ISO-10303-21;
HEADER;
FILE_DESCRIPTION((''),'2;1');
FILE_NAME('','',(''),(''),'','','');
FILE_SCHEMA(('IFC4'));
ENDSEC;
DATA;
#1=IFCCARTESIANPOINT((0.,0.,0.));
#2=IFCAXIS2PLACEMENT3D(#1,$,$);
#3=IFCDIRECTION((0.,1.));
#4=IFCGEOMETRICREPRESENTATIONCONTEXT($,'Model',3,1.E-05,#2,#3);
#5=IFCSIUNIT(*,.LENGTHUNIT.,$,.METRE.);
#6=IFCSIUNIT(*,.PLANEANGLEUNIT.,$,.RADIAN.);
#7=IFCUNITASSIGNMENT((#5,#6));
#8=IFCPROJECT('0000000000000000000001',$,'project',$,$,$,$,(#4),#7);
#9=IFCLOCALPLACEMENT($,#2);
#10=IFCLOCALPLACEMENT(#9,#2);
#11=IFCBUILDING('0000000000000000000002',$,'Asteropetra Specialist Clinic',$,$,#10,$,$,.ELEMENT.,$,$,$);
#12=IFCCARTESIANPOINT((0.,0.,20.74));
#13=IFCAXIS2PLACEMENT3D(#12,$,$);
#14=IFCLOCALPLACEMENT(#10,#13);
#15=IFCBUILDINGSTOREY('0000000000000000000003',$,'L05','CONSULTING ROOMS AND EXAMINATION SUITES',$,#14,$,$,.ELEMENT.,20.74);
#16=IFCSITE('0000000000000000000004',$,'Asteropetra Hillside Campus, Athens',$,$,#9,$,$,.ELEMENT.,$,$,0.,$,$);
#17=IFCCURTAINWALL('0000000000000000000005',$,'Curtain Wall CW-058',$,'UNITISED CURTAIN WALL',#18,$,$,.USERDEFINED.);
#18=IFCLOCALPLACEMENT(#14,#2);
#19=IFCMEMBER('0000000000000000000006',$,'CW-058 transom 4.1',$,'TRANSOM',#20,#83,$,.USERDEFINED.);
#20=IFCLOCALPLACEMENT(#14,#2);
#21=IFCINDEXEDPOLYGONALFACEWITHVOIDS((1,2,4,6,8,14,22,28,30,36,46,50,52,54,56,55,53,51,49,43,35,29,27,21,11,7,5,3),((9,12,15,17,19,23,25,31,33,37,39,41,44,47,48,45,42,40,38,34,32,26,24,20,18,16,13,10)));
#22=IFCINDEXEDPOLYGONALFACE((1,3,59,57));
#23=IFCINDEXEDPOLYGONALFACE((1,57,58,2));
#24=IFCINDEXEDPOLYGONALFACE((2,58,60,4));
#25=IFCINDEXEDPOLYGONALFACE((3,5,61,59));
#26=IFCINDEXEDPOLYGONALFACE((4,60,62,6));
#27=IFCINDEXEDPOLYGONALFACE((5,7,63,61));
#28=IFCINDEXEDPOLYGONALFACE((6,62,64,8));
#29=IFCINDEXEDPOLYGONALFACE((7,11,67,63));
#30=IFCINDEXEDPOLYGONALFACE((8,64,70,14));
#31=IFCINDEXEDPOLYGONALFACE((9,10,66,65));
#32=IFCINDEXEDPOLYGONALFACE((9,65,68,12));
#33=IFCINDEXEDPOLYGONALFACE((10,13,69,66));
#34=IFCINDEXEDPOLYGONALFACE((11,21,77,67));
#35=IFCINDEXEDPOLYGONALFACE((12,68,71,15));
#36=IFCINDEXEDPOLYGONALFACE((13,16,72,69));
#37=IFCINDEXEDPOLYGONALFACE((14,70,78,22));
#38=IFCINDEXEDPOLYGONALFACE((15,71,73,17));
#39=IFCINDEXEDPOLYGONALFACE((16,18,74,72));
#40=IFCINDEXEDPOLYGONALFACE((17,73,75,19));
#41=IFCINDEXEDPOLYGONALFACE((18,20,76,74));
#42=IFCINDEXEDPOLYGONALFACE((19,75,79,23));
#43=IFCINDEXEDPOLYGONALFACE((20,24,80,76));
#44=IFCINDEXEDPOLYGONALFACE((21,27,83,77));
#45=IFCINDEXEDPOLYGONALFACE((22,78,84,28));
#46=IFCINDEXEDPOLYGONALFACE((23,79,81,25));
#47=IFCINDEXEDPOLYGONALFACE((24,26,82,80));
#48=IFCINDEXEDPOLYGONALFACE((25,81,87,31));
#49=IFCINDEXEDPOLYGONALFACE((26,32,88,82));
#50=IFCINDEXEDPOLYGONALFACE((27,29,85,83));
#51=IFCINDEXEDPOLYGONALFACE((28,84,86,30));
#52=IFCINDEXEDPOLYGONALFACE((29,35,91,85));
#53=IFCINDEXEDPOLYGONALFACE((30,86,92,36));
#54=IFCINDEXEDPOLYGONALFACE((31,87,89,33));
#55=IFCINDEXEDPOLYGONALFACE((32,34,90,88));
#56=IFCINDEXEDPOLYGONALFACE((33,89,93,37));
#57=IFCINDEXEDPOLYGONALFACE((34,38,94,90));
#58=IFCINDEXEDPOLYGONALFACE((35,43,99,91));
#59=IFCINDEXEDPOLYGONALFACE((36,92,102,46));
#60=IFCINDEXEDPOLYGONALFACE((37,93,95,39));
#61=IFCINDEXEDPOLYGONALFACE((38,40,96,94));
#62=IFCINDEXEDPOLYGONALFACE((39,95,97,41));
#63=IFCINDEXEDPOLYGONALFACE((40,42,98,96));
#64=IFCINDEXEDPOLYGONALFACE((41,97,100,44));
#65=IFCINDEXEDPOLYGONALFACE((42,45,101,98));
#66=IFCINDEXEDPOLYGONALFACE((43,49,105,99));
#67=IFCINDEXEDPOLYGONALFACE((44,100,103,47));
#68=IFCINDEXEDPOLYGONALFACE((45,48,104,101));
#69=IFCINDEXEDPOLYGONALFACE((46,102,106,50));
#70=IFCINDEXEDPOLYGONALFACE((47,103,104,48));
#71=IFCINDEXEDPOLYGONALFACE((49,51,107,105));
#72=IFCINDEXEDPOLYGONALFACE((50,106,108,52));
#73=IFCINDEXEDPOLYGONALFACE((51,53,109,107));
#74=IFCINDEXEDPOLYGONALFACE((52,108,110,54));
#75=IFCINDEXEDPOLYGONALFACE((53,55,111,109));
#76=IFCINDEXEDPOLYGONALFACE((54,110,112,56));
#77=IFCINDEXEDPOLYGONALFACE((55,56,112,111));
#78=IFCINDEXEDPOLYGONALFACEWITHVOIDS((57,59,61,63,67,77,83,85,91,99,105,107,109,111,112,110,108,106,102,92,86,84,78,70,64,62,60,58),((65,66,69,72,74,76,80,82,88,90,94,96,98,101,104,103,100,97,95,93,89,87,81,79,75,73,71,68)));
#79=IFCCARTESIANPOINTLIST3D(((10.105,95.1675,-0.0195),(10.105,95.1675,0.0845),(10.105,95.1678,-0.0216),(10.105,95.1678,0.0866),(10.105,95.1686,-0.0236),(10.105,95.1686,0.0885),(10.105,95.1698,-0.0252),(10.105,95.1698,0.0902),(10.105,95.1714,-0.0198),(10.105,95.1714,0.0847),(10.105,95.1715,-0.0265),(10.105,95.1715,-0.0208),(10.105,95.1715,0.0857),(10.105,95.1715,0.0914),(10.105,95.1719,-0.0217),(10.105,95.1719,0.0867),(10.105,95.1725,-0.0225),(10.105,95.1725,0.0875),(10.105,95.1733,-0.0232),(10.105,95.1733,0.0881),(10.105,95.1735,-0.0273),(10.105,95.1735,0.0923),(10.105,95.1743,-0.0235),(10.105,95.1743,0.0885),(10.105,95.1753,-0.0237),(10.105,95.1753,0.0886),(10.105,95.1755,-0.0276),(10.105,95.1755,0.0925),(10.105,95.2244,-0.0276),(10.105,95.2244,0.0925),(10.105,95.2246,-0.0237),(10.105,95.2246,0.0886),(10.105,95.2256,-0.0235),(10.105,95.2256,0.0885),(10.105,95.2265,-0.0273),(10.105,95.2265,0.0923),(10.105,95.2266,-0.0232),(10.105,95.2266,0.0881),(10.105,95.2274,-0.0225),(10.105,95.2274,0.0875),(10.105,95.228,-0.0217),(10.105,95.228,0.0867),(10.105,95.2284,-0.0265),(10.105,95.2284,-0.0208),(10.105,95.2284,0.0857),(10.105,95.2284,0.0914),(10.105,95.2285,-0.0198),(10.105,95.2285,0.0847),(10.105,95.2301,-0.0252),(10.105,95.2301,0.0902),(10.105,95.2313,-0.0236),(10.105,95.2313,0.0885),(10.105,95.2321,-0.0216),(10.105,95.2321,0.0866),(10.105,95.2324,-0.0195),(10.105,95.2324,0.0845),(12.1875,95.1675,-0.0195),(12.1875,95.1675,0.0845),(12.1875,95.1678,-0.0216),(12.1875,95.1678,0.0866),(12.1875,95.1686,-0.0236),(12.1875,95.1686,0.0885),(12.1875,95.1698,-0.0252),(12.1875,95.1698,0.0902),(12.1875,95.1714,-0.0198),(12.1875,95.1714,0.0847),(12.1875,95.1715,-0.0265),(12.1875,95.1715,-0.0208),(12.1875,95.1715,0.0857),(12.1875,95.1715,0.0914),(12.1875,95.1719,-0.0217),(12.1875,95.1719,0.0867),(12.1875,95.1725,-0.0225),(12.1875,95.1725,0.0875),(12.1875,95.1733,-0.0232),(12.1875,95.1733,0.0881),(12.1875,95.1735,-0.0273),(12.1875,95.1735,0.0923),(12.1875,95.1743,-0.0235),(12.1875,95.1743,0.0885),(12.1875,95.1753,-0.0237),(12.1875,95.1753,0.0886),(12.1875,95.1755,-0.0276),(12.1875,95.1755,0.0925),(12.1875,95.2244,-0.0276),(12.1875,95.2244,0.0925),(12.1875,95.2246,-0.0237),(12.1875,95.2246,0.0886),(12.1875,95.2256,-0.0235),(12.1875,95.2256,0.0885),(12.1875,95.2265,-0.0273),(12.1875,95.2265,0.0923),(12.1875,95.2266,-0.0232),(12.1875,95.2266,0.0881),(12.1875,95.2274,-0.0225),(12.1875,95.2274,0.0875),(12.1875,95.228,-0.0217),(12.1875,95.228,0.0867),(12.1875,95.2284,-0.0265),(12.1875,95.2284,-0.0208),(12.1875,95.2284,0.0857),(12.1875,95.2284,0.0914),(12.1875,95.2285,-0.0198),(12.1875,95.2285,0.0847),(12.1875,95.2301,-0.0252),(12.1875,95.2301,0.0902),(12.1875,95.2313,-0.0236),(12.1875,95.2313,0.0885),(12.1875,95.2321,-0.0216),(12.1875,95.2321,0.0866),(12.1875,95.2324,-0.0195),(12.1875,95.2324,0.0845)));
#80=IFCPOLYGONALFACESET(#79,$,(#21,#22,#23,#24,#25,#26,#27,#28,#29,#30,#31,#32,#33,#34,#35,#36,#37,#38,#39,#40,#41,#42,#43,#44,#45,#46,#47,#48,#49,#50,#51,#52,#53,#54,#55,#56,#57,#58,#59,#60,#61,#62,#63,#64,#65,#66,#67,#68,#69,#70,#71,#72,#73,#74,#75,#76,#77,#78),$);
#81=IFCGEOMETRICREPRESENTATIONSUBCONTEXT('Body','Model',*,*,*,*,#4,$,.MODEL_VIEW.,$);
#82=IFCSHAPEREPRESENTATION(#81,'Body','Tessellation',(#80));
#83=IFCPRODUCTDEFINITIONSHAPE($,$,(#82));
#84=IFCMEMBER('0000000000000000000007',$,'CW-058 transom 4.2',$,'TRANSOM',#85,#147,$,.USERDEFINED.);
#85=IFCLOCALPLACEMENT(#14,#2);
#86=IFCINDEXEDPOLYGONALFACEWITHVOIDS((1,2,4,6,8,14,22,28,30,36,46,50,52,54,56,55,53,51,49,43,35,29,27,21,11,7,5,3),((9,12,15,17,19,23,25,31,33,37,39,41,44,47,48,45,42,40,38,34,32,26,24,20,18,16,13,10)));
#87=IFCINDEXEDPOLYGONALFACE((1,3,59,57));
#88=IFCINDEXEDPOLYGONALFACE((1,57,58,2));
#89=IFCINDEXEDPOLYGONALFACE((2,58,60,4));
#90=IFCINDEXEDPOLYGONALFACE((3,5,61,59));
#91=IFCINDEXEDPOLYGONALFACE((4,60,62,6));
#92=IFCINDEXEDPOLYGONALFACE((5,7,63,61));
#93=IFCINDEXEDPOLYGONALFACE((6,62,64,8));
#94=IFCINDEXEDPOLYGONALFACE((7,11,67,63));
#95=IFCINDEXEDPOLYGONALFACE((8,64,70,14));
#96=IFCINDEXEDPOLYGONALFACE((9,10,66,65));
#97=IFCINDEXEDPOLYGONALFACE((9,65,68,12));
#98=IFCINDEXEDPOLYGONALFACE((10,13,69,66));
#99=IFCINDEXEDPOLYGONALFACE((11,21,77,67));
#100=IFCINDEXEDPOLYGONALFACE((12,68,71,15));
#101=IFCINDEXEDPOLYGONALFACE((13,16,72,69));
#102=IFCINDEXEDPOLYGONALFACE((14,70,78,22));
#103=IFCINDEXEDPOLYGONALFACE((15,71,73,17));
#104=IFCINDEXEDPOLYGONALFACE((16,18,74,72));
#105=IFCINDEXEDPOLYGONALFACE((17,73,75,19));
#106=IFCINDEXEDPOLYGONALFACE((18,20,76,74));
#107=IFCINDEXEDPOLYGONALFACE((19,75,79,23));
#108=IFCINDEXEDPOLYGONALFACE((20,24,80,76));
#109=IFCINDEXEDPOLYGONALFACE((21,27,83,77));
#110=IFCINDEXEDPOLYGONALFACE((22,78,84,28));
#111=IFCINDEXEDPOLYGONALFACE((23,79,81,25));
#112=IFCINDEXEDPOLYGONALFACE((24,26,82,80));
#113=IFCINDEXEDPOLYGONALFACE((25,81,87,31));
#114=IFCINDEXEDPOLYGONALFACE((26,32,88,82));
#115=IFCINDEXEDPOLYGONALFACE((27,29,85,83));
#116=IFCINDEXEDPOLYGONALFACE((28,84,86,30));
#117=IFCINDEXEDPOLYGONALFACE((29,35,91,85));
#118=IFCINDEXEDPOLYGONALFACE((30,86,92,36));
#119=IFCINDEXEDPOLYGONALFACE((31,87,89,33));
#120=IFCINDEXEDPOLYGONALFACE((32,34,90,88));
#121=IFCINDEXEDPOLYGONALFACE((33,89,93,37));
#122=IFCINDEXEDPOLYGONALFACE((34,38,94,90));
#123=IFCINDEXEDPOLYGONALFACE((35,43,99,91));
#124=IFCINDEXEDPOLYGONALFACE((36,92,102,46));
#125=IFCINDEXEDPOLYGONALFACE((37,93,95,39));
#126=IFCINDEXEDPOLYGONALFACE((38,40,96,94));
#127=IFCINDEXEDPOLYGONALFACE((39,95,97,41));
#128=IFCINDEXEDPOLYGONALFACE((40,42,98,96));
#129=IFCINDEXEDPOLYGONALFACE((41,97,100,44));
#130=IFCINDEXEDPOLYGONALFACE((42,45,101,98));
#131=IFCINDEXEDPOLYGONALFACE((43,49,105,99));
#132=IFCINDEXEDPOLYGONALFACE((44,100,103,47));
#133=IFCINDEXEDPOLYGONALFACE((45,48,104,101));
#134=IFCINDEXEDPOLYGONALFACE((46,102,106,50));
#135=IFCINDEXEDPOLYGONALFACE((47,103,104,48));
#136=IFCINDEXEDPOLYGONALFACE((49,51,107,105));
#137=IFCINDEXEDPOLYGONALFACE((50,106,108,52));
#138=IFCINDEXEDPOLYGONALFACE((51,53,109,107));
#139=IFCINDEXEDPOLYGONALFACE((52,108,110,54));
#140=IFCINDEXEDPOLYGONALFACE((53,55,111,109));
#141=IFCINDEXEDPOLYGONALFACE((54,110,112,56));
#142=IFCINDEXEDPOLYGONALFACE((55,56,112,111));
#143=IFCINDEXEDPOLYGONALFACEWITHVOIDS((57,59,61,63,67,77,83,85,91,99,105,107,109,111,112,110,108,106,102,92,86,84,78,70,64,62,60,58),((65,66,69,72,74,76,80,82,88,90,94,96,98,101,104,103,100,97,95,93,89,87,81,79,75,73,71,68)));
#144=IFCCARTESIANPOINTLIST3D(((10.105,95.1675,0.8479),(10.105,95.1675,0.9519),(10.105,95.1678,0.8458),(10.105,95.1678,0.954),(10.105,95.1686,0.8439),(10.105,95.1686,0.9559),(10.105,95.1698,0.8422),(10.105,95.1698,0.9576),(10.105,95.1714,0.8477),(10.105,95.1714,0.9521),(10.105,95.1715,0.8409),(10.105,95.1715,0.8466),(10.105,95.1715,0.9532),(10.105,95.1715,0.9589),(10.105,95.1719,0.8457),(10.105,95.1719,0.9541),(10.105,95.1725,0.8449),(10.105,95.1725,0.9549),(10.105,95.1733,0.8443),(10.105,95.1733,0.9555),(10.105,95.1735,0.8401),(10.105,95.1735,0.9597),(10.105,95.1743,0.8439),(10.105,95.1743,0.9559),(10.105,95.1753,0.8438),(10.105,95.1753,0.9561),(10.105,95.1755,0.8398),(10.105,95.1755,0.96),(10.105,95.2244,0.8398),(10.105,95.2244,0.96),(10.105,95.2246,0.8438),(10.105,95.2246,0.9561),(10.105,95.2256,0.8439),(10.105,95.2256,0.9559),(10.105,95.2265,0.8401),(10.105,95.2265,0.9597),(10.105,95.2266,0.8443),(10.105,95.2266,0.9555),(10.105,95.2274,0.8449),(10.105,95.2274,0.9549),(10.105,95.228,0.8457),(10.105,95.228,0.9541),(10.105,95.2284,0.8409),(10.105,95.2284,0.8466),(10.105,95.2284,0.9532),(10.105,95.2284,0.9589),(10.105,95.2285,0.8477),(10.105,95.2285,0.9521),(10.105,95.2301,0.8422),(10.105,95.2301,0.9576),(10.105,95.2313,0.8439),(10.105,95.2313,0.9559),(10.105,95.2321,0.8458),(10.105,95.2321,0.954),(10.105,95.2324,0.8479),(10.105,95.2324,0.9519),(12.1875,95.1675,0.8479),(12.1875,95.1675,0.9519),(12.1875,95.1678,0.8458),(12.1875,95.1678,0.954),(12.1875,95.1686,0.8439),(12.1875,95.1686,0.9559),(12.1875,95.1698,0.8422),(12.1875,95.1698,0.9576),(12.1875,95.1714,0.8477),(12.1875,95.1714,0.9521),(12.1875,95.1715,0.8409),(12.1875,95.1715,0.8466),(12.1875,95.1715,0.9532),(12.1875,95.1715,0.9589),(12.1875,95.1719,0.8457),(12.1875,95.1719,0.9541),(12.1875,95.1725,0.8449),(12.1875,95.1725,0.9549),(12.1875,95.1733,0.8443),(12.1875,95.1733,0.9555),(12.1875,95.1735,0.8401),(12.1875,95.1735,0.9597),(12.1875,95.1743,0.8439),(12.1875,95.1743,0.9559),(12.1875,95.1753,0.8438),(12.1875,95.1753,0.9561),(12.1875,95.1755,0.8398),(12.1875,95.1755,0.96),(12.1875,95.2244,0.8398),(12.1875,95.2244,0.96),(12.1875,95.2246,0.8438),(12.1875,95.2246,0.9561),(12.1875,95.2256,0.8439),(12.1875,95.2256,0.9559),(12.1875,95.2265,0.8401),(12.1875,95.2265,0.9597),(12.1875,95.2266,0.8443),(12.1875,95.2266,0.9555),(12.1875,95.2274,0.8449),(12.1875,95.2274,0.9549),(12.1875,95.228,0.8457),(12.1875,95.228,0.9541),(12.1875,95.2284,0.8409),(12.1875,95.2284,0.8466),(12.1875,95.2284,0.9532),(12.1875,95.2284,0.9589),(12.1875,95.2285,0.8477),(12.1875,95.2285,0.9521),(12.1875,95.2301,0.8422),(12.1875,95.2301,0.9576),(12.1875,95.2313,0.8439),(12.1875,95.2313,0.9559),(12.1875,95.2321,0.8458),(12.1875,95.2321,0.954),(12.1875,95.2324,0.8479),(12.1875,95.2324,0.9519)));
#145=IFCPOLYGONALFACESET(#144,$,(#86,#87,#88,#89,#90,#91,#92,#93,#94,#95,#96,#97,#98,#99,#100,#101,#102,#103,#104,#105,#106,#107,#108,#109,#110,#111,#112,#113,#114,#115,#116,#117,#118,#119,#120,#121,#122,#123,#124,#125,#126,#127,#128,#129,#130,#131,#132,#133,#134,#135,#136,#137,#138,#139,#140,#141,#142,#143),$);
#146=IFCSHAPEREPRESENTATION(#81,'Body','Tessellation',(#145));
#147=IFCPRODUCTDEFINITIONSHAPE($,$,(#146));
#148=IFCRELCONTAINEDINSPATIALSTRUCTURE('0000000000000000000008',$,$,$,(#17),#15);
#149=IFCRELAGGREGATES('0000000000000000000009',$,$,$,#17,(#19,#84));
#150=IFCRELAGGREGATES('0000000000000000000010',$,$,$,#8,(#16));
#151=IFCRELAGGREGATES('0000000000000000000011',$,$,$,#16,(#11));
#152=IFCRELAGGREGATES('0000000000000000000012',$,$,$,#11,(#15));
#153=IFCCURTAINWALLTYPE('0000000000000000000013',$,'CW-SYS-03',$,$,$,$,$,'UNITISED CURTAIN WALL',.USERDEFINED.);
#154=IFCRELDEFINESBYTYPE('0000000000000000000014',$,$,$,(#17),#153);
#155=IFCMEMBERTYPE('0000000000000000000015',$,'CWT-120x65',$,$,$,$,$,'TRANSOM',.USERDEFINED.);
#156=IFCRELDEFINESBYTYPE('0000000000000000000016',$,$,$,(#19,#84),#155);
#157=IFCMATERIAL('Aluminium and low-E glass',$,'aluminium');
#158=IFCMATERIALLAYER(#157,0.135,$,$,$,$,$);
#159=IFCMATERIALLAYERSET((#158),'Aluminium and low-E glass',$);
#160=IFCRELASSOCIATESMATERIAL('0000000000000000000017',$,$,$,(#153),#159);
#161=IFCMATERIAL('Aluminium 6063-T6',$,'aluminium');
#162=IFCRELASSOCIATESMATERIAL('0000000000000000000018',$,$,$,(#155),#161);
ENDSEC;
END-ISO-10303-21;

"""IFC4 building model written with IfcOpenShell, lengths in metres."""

from ifc_helpers import new_model, si_unit, direction, frame, origin, origin_2d, place, context, subcontext, project, spatial, hollow_rectangle, extrude, material, layer, layer_set, material_profile, profile_set, type_object, element, aggregate, save


model = new_model("IFC4")

# Units and contexts
model_context = context("Model", 3, precision=1e-05, world=origin(), true_north=direction((0.0, 1.0)))
body_context = subcontext(model_context, "Body", "Model", "MODEL_VIEW")
ifc_project = project(units=[si_unit("LENGTHUNIT", "METRE"), si_unit("PLANEANGLEUNIT", "RADIAN")], contexts=[model_context])

# Site, building, storey
site_placement = place(None, origin())
site = spatial("IfcSite", under=ifc_project, at=site_placement, Name="Asteropetra Hillside Campus, Athens", CompositionType="ELEMENT", RefElevation=0.0)
building_placement = place(site_placement, origin())
building = spatial("IfcBuilding", under=site, at=building_placement, Name="Asteropetra Specialist Clinic", CompositionType="ELEMENT")
storey_placement = place(building_placement, frame((0.0, 0.0, 20.74)))
storey = spatial("IfcBuildingStorey", under=building, at=storey_placement, Name="L05", Description="CONSULTING ROOMS AND EXAMINATION SUITES", CompositionType="ELEMENT", Elevation=20.74)

# Curtain wall, members
ifc_material_1 = material(Name="Aluminium and low-E glass", Category="aluminium")
ifc_layer_1 = layer(ifc_material_1, 0.135)
ifc_layer_set_1 = layer_set([ifc_layer_1], Name="Aluminium and low-E glass")
curtain_wall_type = type_object("IfcCurtainWallType", Name="CW-SYS-03", ElementType="UNITISED CURTAIN WALL", PredefinedType="USERDEFINED", material=ifc_layer_set_1)
curtain_wall_placement = place(storey_placement, origin())
curtain_wall = element("IfcCurtainWall", 1, at=curtain_wall_placement, inside=storey, type_object=curtain_wall_type, Name="Curtain Wall CW-058", ObjectType="UNITISED CURTAIN WALL", PredefinedType="USERDEFINED")
ifc_material_2 = material(Name="Aluminium 6063-T6", Category="aluminium")
ifc_material_profile_1 = material_profile(ifc_material_2, hollow_rectangle(XDim=0.0649, YDim=0.1201, WallThickness=0.0039, InnerFilletRadius=0.0039, OuterFilletRadius=0.0081, at=origin_2d()), Name="TRN 120x65x4.0")
ifc_profile_set_1 = profile_set([ifc_material_profile_1], Name="Aluminium 6063-T6")
member_type_1 = type_object("IfcMemberType", Name="CWT-120x65", ElementType="TRANSOM", PredefinedType="USERDEFINED", material=ifc_profile_set_1)
member_1_placement = place(storey_placement, frame((12.1875, 95.2, 0.0325), z_axis=(-1.0, 0.0, 0.0), x_axis=(0.0, -1.0, 0.0)))
member_1 = element("IfcMember", 2, at=member_1_placement, type_object=member_type_1, Name="CW-058 transom 4.1", ObjectType="TRANSOM", PredefinedType="USERDEFINED", context=body_context, shape_type="SweptSolid", body=[
    extrude(hollow_rectangle(XDim=0.0649, YDim=0.1201, WallThickness=0.0039, InnerFilletRadius=0.0039, OuterFilletRadius=0.0081, at=origin_2d()), origin(), (0.0, 0.0, 1.0), 2.0825),
])
member_2_placement = place(storey_placement, frame((12.1875, 95.2, 0.8999), z_axis=(-1.0, 0.0, 0.0), x_axis=(0.0, -1.0, 0.0)))
member_2 = element("IfcMember", 3, at=member_2_placement, type_object=member_type_1, Name="CW-058 transom 4.2", ObjectType="TRANSOM", PredefinedType="USERDEFINED", context=body_context, shape_type="SweptSolid", body=[
    extrude(hollow_rectangle(XDim=0.0649, YDim=0.1201, WallThickness=0.0039, InnerFilletRadius=0.0039, OuterFilletRadius=0.0081, at=origin_2d()), origin(), (0.0, 0.0, 1.0), 2.0825),
])

aggregate(curtain_wall, [member_1, member_2])

save(model, "model.ifc")
